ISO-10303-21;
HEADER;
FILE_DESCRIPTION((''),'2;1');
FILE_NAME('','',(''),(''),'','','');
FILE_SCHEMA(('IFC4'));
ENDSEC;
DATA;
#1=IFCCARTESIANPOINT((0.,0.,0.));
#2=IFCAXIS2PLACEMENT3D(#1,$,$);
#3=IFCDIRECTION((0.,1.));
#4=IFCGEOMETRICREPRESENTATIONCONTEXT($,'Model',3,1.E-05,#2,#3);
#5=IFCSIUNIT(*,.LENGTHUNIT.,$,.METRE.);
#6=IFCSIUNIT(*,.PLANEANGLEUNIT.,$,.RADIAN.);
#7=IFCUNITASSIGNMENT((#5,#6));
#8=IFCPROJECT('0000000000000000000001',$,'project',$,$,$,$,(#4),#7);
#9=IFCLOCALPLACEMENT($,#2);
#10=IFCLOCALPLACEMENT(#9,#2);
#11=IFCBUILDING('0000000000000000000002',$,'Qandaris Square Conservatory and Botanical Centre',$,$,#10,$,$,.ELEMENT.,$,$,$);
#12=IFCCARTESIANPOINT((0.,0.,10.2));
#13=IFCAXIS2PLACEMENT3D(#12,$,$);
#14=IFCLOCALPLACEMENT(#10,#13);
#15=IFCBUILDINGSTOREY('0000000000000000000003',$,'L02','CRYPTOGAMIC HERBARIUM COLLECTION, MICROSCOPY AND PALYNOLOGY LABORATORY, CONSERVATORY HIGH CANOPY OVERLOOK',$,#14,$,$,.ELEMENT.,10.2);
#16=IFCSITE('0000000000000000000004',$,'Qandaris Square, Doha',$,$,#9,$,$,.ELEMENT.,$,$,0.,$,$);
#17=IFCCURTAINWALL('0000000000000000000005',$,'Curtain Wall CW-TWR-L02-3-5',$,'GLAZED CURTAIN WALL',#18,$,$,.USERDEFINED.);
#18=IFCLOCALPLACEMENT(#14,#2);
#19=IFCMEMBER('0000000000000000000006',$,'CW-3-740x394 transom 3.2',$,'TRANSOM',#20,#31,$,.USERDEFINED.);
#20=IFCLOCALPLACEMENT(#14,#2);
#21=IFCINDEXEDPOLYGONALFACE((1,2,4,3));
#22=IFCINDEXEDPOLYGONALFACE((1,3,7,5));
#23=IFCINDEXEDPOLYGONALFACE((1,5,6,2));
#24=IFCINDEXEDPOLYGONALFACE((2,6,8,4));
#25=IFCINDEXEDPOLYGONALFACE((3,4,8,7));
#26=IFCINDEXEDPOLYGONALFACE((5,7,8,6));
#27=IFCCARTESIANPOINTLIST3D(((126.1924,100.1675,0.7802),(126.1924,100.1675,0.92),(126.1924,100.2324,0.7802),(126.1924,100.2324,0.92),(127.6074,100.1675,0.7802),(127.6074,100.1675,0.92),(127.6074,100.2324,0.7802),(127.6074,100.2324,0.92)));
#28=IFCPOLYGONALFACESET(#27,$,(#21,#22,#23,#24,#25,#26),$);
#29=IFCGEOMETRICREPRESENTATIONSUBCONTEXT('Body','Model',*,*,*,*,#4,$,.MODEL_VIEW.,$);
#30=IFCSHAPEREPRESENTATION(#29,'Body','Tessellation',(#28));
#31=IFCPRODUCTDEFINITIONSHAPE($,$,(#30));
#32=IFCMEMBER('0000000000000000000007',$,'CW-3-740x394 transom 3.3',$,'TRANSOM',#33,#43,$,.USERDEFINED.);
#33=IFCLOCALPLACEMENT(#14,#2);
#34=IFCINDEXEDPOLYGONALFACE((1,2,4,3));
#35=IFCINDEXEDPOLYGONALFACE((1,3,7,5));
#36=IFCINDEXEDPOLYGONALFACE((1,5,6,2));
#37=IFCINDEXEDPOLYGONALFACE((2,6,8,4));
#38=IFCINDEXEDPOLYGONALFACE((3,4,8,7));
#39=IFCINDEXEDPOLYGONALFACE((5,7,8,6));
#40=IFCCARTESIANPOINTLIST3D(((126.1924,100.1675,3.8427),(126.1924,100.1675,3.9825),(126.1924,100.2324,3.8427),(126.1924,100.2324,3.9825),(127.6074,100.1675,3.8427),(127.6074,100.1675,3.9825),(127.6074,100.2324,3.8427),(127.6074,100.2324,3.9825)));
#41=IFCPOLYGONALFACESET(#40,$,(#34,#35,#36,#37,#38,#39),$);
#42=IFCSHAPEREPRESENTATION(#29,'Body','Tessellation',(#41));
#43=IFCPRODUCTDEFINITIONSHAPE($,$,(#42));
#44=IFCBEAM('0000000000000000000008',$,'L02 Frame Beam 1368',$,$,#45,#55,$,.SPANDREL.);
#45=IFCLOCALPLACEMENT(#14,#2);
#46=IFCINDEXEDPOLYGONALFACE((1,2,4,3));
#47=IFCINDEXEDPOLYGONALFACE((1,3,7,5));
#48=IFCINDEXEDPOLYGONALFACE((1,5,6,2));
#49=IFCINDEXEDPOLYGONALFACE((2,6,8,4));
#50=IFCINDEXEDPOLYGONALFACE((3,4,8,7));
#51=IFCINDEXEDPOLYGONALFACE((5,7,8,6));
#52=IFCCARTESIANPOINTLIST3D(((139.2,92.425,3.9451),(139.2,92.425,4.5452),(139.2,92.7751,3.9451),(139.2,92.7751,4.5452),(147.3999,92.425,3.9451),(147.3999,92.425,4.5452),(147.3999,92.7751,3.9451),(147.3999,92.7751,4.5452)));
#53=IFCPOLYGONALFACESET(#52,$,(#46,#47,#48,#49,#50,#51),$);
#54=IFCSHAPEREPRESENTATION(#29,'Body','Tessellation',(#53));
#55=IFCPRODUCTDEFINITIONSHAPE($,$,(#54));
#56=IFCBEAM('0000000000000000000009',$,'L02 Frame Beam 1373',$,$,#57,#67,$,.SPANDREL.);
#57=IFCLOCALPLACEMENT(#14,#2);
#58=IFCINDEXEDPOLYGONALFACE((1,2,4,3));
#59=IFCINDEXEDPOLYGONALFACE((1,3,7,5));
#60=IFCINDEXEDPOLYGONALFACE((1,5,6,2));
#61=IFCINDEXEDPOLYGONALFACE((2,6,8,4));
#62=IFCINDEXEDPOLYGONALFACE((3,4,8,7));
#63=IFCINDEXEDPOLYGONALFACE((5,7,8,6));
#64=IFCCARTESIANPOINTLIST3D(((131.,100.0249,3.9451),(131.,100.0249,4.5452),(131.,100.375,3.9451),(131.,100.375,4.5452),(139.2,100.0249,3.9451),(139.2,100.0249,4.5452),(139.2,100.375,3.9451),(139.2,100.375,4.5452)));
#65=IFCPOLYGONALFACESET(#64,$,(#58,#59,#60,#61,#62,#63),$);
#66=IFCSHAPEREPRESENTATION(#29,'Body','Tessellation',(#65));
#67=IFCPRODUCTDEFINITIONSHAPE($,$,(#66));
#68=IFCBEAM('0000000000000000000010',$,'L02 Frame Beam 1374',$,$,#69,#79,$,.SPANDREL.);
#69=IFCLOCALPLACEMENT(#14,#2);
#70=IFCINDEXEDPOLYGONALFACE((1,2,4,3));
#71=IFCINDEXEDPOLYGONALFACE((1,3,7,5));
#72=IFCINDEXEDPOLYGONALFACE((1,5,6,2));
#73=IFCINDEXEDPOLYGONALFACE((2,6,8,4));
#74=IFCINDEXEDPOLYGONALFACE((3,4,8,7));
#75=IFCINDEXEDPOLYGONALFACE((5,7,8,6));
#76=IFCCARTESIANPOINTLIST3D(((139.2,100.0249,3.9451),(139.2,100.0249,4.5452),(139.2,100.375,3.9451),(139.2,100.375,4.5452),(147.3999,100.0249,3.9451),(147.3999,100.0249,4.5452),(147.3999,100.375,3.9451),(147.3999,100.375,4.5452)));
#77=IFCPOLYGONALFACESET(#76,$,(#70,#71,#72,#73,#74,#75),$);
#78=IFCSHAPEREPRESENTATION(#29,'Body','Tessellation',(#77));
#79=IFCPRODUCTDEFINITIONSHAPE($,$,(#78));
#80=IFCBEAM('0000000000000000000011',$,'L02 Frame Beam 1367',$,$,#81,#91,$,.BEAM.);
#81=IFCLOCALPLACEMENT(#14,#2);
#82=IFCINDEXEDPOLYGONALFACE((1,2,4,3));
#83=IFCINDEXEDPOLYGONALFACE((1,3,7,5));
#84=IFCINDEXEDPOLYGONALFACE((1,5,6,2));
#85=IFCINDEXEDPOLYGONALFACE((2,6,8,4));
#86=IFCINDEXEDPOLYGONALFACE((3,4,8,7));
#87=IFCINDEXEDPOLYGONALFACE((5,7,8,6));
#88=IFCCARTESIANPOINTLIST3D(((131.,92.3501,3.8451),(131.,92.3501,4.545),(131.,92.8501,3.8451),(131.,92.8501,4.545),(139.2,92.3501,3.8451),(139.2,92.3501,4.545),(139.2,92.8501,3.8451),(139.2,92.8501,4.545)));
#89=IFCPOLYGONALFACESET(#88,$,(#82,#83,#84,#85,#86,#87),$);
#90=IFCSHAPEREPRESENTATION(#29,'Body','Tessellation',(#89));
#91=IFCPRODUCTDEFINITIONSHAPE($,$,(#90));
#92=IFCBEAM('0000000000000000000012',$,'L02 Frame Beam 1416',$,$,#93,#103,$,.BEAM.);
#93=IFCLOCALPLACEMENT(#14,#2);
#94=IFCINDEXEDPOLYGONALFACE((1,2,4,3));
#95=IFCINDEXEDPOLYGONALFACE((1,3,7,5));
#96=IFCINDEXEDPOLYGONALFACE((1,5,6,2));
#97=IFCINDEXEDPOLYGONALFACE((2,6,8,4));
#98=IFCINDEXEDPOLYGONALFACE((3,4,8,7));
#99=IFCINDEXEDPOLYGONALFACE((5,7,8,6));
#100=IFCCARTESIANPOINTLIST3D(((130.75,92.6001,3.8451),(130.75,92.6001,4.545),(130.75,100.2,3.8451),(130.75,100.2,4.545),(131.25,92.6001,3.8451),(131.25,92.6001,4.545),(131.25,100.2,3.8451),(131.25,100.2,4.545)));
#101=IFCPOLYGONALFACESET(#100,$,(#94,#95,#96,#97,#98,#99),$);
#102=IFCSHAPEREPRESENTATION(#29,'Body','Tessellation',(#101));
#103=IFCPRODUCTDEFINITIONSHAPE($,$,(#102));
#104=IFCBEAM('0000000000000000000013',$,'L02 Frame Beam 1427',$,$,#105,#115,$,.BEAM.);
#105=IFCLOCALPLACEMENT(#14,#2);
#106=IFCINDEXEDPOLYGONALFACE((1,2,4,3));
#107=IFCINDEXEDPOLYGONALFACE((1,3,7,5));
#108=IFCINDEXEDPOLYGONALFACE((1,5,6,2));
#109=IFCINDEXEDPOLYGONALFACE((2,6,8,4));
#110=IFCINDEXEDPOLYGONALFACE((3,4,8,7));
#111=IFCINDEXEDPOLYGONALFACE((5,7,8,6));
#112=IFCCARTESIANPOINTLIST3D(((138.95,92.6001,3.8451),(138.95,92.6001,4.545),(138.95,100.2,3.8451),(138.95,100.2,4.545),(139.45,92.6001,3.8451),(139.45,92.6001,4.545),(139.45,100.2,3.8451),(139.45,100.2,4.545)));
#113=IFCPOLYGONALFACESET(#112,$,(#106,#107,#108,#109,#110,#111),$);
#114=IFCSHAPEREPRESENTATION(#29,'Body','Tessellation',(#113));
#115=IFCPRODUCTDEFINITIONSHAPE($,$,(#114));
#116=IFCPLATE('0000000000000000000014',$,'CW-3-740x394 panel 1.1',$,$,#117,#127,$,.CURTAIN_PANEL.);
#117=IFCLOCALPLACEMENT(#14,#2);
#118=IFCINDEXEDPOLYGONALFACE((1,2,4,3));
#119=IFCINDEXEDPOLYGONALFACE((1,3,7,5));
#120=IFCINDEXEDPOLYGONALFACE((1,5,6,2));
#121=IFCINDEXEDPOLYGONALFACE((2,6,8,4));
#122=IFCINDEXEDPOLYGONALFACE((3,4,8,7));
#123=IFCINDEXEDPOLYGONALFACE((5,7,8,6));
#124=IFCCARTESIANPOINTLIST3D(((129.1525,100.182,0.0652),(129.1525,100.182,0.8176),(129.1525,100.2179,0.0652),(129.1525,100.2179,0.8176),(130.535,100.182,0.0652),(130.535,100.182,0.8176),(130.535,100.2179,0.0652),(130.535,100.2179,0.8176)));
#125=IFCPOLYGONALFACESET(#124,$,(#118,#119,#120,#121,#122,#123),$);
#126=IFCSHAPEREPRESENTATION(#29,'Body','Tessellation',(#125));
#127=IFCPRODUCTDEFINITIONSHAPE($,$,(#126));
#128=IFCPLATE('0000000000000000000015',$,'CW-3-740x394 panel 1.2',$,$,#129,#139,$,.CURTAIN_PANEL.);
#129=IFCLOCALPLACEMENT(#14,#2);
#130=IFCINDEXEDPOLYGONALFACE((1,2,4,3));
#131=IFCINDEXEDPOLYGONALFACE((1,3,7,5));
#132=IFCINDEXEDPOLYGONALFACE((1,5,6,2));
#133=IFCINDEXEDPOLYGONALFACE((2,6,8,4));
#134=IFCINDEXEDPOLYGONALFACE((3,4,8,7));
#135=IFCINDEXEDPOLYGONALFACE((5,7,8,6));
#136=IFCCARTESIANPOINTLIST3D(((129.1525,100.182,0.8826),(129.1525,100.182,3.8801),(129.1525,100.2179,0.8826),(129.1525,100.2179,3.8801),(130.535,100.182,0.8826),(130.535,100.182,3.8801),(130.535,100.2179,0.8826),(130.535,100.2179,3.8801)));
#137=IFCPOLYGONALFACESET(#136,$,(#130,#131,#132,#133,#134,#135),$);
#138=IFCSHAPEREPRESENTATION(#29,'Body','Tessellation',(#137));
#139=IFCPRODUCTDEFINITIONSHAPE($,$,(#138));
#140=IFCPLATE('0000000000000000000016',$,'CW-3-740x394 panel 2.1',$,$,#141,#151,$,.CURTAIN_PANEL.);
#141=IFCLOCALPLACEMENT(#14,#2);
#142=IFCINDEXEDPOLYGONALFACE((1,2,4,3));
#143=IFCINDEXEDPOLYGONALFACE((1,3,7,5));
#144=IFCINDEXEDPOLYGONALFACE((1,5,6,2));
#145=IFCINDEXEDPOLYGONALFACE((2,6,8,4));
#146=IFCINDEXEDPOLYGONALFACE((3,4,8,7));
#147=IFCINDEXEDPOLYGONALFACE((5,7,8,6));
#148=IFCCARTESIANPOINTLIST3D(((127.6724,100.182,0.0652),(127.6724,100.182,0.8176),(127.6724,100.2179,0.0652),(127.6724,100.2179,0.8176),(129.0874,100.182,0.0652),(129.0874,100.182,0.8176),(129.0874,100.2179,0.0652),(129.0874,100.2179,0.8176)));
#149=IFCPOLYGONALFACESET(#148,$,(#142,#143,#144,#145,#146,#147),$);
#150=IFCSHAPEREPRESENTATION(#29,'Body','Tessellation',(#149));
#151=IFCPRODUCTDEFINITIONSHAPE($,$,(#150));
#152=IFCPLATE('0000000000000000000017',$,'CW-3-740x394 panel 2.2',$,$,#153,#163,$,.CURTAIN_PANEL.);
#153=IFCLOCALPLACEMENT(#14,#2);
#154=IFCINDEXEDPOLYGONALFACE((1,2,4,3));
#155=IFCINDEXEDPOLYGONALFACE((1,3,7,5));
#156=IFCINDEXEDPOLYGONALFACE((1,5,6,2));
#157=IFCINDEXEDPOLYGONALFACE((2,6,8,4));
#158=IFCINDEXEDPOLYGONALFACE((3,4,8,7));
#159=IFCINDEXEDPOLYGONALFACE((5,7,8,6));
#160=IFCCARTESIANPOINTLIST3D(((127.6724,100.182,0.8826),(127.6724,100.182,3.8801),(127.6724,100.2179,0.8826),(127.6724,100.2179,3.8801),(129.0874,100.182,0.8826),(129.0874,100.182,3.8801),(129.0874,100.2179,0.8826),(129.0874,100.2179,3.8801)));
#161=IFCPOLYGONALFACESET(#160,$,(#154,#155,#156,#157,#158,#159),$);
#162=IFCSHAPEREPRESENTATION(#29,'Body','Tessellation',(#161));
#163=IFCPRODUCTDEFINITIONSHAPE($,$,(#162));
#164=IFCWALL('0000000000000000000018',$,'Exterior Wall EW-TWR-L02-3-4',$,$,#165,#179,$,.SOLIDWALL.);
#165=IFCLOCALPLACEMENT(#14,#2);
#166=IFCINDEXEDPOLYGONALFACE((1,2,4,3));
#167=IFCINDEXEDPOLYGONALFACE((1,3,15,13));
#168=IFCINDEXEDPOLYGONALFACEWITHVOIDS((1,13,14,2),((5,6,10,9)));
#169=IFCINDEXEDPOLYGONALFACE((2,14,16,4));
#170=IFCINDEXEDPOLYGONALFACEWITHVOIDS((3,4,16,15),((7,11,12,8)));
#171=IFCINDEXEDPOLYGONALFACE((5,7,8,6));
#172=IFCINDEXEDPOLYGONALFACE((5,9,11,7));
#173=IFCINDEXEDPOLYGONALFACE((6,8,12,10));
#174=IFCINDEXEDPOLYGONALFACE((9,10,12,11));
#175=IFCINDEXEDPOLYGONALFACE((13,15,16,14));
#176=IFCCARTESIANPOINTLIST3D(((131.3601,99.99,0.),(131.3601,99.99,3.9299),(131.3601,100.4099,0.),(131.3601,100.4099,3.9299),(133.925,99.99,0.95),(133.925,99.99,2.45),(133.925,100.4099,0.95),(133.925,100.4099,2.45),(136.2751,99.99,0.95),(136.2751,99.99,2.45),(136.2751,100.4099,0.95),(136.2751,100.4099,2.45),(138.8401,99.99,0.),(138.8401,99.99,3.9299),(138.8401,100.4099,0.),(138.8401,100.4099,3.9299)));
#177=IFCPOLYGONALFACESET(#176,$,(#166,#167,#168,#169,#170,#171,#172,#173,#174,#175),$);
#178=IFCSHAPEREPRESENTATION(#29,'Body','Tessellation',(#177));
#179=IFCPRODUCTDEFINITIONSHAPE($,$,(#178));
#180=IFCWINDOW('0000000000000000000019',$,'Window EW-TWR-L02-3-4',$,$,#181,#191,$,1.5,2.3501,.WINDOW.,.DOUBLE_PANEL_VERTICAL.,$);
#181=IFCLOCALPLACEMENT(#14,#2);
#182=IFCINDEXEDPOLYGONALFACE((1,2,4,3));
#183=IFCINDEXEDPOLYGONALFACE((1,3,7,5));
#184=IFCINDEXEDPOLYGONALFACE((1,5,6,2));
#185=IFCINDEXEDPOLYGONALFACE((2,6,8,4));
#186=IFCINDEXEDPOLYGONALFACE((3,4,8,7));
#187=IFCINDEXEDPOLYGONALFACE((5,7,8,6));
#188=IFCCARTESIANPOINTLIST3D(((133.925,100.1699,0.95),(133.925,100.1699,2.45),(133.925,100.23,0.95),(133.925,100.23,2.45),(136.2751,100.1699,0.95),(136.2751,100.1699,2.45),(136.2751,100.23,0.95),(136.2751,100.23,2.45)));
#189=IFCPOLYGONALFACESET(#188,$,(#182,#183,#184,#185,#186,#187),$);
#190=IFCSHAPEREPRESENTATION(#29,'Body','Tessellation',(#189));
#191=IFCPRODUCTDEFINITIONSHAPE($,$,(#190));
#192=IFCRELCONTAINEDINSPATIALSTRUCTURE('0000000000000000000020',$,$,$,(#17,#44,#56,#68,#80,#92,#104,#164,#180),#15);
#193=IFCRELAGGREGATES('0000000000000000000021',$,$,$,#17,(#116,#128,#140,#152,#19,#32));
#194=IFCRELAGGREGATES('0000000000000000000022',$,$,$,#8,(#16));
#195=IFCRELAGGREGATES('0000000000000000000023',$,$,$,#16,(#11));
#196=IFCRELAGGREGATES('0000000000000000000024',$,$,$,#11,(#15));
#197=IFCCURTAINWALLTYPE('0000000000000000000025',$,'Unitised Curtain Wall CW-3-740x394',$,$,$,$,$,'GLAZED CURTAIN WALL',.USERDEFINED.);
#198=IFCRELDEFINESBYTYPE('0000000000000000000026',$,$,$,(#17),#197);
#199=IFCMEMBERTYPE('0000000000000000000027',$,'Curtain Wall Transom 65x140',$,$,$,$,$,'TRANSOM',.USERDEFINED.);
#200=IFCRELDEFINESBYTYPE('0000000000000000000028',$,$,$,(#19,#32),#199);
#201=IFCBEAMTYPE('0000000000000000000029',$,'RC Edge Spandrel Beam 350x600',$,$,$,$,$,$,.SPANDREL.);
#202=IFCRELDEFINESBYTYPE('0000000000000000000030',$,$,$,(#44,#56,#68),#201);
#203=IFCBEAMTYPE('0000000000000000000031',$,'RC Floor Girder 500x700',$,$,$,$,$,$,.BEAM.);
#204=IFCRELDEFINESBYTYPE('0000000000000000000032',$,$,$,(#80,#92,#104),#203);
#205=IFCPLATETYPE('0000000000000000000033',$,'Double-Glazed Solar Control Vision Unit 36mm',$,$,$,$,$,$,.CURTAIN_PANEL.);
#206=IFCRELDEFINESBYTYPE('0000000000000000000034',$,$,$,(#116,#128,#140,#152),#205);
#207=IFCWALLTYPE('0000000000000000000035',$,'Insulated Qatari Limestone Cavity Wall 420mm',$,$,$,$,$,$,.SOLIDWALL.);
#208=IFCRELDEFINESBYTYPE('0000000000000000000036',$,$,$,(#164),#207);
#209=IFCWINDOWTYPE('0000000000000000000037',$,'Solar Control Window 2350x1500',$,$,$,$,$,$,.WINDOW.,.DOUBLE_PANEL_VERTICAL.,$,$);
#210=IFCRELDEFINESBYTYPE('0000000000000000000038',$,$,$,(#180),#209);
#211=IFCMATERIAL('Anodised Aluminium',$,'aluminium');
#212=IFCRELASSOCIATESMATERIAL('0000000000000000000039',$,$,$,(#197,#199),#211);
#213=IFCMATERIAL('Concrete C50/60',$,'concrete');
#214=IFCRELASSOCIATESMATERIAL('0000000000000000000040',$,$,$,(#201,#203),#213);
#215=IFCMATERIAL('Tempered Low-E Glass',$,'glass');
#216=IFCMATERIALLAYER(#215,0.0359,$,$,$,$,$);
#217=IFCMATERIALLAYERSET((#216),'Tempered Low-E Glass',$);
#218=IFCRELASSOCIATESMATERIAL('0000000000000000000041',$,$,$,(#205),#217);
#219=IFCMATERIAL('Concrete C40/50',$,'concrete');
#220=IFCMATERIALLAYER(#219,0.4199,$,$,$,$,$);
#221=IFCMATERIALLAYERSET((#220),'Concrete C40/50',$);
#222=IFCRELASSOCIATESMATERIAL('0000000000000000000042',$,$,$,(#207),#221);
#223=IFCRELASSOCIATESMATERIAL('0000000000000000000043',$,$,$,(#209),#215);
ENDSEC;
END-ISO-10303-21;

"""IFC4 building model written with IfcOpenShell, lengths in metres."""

from ifc_helpers import new_model, si_unit, direction, frame, frame_2d, origin, origin_2d, place, context, subcontext, project, spatial, rectangle, extrude, material, layer, layer_set, material_profile, profile_set, type_object, element, fill, aggregate, save


model = new_model("IFC4")

# Units and contexts
model_context = context("Model", 3, precision=1e-05, world=origin(), true_north=direction((0.0, 1.0)))
body_context = subcontext(model_context, "Body", "Model", "MODEL_VIEW")
ifc_project = project(units=[si_unit("LENGTHUNIT", "METRE"), si_unit("PLANEANGLEUNIT", "RADIAN")], contexts=[model_context])

# Site, building, storey
site_placement = place(None, origin())
site = spatial("IfcSite", under=ifc_project, at=site_placement, Name="Qandaris Square, Doha", CompositionType="ELEMENT", RefElevation=0.0)
building_placement = place(site_placement, origin())
building = spatial("IfcBuilding", under=site, at=building_placement, Name="Qandaris Square Conservatory and Botanical Centre", CompositionType="ELEMENT")
storey_placement = place(building_placement, frame((0.0, 0.0, 10.2)))
storey = spatial("IfcBuildingStorey", under=building, at=storey_placement, Name="L02", Description="CRYPTOGAMIC HERBARIUM COLLECTION, MICROSCOPY AND PALYNOLOGY LABORATORY, CONSERVATORY HIGH CANOPY OVERLOOK", CompositionType="ELEMENT", Elevation=10.2)

# Shared definitions
ifc_material_1 = material(Name="Concrete C40/50", Category="concrete")
ifc_material_2 = material(Name="Concrete C50/60", Category="concrete")

# Curtain wall, members
ifc_material_3 = material(Name="Anodised Aluminium", Category="aluminium")
curtain_wall_type = type_object("IfcCurtainWallType", Name="Unitised Curtain Wall CW-3-740x394", ElementType="GLAZED CURTAIN WALL", PredefinedType="USERDEFINED", material=ifc_material_3)
curtain_wall_placement = place(storey_placement, origin())
curtain_wall = element("IfcCurtainWall", 1, at=curtain_wall_placement, inside=storey, type_object=curtain_wall_type, Name="Curtain Wall CW-TWR-L02-3-5", ObjectType="GLAZED CURTAIN WALL", PredefinedType="USERDEFINED")
ifc_material_profile_1 = material_profile(ifc_material_3, rectangle(XDim=0.0649, YDim=0.1399, at=origin_2d()), Name="ALU-TRN 65x140")
ifc_profile_set_1 = profile_set([ifc_material_profile_1], Name="Anodised Aluminium")
member_type_1 = type_object("IfcMemberType", Name="Curtain Wall Transom 65x140", ElementType="TRANSOM", PredefinedType="USERDEFINED", material=ifc_profile_set_1)
member_1_placement = place(storey_placement, frame((127.6074, 100.2, 0.8501), z_axis=(-1.0, 0.0, 0.0), x_axis=(0.0, -1.0, 0.0)))
member_1 = element("IfcMember", 2, at=member_1_placement, type_object=member_type_1, Name="CW-3-740x394 transom 3.2", ObjectType="TRANSOM", PredefinedType="USERDEFINED", context=body_context, shape_type="SweptSolid", body=[
    extrude(rectangle(XDim=0.0649, YDim=0.1399, at=origin_2d()), origin(), (0.0, 0.0, 1.0), 1.415),
])
member_2_placement = place(storey_placement, frame((127.6074, 100.2, 3.9126), z_axis=(-1.0, 0.0, 0.0), x_axis=(0.0, -1.0, 0.0)))
member_2 = element("IfcMember", 3, at=member_2_placement, type_object=member_type_1, Name="CW-3-740x394 transom 3.3", ObjectType="TRANSOM", PredefinedType="USERDEFINED", context=body_context, shape_type="SweptSolid", body=[
    extrude(rectangle(XDim=0.0649, YDim=0.1399, at=origin_2d()), origin(), (0.0, 0.0, 1.0), 1.415),
])

# Beams
ifc_material_profile_2 = material_profile(ifc_material_2, rectangle(XDim=0.3501, YDim=0.6001, at=origin_2d()), Name="RC-SP 350x600")
ifc_profile_set_2 = profile_set([ifc_material_profile_2], Name="Concrete C50/60")
beam_type_1 = type_object("IfcBeamType", Name="RC Edge Spandrel Beam 350x600", PredefinedType="SPANDREL", material=ifc_profile_set_2)
for number, where, z_axis, x_axis, name in (
    (4, (139.2, 92.6001, 4.2451), (1.0, 0.0, 0.0), (0.0, 1.0, 0.0), "L02 Frame Beam 1368"),
    (5, (131.0, 100.2, 4.2451), (1.0, 0.0, 0.0), (0.0, 1.0, 0.0), "L02 Frame Beam 1373"),
    (6, (139.2, 100.2, 4.2451), (1.0, 0.0, 0.0), (0.0, 1.0, 0.0), "L02 Frame Beam 1374"),
):
    element("IfcBeam", number, at=place(storey_placement, frame(where, z_axis=z_axis, x_axis=x_axis)), inside=storey, type_object=beam_type_1, Name=name, PredefinedType="SPANDREL", context=body_context, shape_type="SweptSolid", body=[
        extrude(rectangle(XDim=0.3501, YDim=0.6001, at=origin_2d()), origin(), (0.0, 0.0, 1.0), 8.2),
    ])
ifc_material_profile_3 = material_profile(ifc_material_2, rectangle(XDim=0.5, YDim=0.7, at=origin_2d()), Name="RC-BM 500x700")
ifc_profile_set_3 = profile_set([ifc_material_profile_3], Name="Concrete C50/60")
beam_type_2 = type_object("IfcBeamType", Name="RC Floor Girder 500x700", PredefinedType="BEAM", material=ifc_profile_set_3)
beam_placement = place(storey_placement, frame((131.0, 92.6001, 4.1951), z_axis=(1.0, 0.0, 0.0), x_axis=(0.0, 1.0, 0.0)))
element("IfcBeam", 7, at=beam_placement, inside=storey, type_object=beam_type_2, Name="L02 Frame Beam 1367", PredefinedType="BEAM", context=body_context, shape_type="SweptSolid", body=[
    extrude(rectangle(XDim=0.5, YDim=0.7, at=origin_2d()), origin(), (0.0, 0.0, 1.0), 8.2),
])
for number, where, z_axis, x_axis, name in (
    (8, (131.0, 92.6001, 4.1951), (0.0, 1.0, 0.0), (-1.0, 0.0, 0.0), "L02 Frame Beam 1416"),
    (9, (139.2, 92.6001, 4.1951), (0.0, 1.0, 0.0), (-1.0, 0.0, 0.0), "L02 Frame Beam 1427"),
):
    element("IfcBeam", number, at=place(storey_placement, frame(where, z_axis=z_axis, x_axis=x_axis)), inside=storey, type_object=beam_type_2, Name=name, PredefinedType="BEAM", context=body_context, shape_type="SweptSolid", body=[
        extrude(rectangle(XDim=0.5, YDim=0.7, at=origin_2d()), origin(), (0.0, 0.0, 1.0), 7.5999),
    ])

# Plates
ifc_material_4 = material(Name="Tempered Low-E Glass", Category="glass")
ifc_layer_1 = layer(ifc_material_4, 0.0359)
ifc_layer_set_1 = layer_set([ifc_layer_1], Name="Tempered Low-E Glass")
plate_type = type_object("IfcPlateType", Name="Double-Glazed Solar Control Vision Unit 36mm", PredefinedType="CURTAIN_PANEL", material=ifc_layer_set_1)
plate_1_placement = place(storey_placement, frame((129.8438, 100.2, 0.0652), z_axis=(0.0, 0.0, 1.0), x_axis=(-1.0, 0.0, 0.0)))
plate_1 = element("IfcPlate", 10, at=plate_1_placement, type_object=plate_type, Name="CW-3-740x394 panel 1.1", PredefinedType="CURTAIN_PANEL", context=body_context, shape_type="SweptSolid", body=[
    extrude(rectangle(XDim=1.3826, YDim=0.0359, at=origin_2d()), origin(), (0.0, 0.0, 1.0), 0.7524),
])
plate_2_placement = place(storey_placement, frame((129.8438, 100.2, 0.8826), z_axis=(0.0, 0.0, 1.0), x_axis=(-1.0, 0.0, 0.0)))
plate_2 = element("IfcPlate", 11, at=plate_2_placement, type_object=plate_type, Name="CW-3-740x394 panel 1.2", PredefinedType="CURTAIN_PANEL", context=body_context, shape_type="SweptSolid", body=[
    extrude(rectangle(XDim=1.3826, YDim=0.0359, at=origin_2d()), origin(), (0.0, 0.0, 1.0), 2.9976),
])
plate_3_placement = place(storey_placement, frame((128.3799, 100.2, 0.0652), z_axis=(0.0, 0.0, 1.0), x_axis=(-1.0, 0.0, 0.0)))
plate_3 = element("IfcPlate", 12, at=plate_3_placement, type_object=plate_type, Name="CW-3-740x394 panel 2.1", PredefinedType="CURTAIN_PANEL", context=body_context, shape_type="SweptSolid", body=[
    extrude(rectangle(XDim=1.415, YDim=0.0359, at=origin_2d()), origin(), (0.0, 0.0, 1.0), 0.7524),
])
plate_4_placement = place(storey_placement, frame((128.3799, 100.2, 0.8826), z_axis=(0.0, 0.0, 1.0), x_axis=(-1.0, 0.0, 0.0)))
plate_4 = element("IfcPlate", 13, at=plate_4_placement, type_object=plate_type, Name="CW-3-740x394 panel 2.2", PredefinedType="CURTAIN_PANEL", context=body_context, shape_type="SweptSolid", body=[
    extrude(rectangle(XDim=1.415, YDim=0.0359, at=origin_2d()), origin(), (0.0, 0.0, 1.0), 2.9976),
])
aggregate(curtain_wall, [plate_1, plate_2, plate_3, plate_4, member_1, member_2])

# Wall, opening, window
ifc_layer_2 = layer(ifc_material_1, 0.4199)
ifc_layer_set_2 = layer_set([ifc_layer_2], Name="Concrete C40/50")
wall_type = type_object("IfcWallType", Name="Insulated Qatari Limestone Cavity Wall 420mm", PredefinedType="SOLIDWALL", material=ifc_layer_set_2)
wall_placement = place(storey_placement, frame((138.8401, 100.2, 0.0), z_axis=(0.0, 0.0, 1.0), x_axis=(-1.0, 0.0, 0.0)))
wall = element("IfcWall", 14, at=wall_placement, inside=storey, type_object=wall_type, Name="Exterior Wall EW-TWR-L02-3-4", PredefinedType="SOLIDWALL", context=body_context, shape_type="SweptSolid", body=[
    extrude(rectangle(XDim=7.48, YDim=0.4199, at=frame_2d((3.74, 0.0))), origin(), (0.0, 0.0, 1.0), 3.9299),
])
opening_placement = place(wall_placement, frame((2.5649, 0.0, 0.95)))
opening = element("IfcOpeningElement", 15, at=opening_placement, cuts=wall, PredefinedType="OPENING", context=body_context, shape_type="SweptSolid", body=[
    extrude(rectangle(XDim=2.3501, YDim=1.5, at=frame_2d((1.175, 0.75))), frame((0.0, 0.2219, 0.0), z_axis=(0.0, -1.0, 0.0), x_axis=(1.0, 0.0, 0.0)), (0.0, 0.0, 1.0), 0.4438),
])
window_type = type_object("IfcWindowType", Name="Solar Control Window 2350x1500", PartitioningType="DOUBLE_PANEL_VERTICAL", PredefinedType="WINDOW", material=ifc_material_4)
window_placement = place(opening_placement, origin())
window = element("IfcWindow", 16, at=window_placement, inside=storey, type_object=window_type, Name="Window EW-TWR-L02-3-4", OverallHeight=1.5, OverallWidth=2.3501, PartitioningType="DOUBLE_PANEL_VERTICAL", PredefinedType="WINDOW", context=body_context, shape_type="SweptSolid", body=[
    extrude(rectangle(XDim=2.3501, YDim=1.5, at=frame_2d((1.175, 0.75))), frame((0.0, 0.03, 0.0), z_axis=(0.0, -1.0, 0.0), x_axis=(1.0, 0.0, 0.0)), (0.0, 0.0, 1.0), 0.0601),
])
fill(opening, window)

save(model, "model.ifc")
